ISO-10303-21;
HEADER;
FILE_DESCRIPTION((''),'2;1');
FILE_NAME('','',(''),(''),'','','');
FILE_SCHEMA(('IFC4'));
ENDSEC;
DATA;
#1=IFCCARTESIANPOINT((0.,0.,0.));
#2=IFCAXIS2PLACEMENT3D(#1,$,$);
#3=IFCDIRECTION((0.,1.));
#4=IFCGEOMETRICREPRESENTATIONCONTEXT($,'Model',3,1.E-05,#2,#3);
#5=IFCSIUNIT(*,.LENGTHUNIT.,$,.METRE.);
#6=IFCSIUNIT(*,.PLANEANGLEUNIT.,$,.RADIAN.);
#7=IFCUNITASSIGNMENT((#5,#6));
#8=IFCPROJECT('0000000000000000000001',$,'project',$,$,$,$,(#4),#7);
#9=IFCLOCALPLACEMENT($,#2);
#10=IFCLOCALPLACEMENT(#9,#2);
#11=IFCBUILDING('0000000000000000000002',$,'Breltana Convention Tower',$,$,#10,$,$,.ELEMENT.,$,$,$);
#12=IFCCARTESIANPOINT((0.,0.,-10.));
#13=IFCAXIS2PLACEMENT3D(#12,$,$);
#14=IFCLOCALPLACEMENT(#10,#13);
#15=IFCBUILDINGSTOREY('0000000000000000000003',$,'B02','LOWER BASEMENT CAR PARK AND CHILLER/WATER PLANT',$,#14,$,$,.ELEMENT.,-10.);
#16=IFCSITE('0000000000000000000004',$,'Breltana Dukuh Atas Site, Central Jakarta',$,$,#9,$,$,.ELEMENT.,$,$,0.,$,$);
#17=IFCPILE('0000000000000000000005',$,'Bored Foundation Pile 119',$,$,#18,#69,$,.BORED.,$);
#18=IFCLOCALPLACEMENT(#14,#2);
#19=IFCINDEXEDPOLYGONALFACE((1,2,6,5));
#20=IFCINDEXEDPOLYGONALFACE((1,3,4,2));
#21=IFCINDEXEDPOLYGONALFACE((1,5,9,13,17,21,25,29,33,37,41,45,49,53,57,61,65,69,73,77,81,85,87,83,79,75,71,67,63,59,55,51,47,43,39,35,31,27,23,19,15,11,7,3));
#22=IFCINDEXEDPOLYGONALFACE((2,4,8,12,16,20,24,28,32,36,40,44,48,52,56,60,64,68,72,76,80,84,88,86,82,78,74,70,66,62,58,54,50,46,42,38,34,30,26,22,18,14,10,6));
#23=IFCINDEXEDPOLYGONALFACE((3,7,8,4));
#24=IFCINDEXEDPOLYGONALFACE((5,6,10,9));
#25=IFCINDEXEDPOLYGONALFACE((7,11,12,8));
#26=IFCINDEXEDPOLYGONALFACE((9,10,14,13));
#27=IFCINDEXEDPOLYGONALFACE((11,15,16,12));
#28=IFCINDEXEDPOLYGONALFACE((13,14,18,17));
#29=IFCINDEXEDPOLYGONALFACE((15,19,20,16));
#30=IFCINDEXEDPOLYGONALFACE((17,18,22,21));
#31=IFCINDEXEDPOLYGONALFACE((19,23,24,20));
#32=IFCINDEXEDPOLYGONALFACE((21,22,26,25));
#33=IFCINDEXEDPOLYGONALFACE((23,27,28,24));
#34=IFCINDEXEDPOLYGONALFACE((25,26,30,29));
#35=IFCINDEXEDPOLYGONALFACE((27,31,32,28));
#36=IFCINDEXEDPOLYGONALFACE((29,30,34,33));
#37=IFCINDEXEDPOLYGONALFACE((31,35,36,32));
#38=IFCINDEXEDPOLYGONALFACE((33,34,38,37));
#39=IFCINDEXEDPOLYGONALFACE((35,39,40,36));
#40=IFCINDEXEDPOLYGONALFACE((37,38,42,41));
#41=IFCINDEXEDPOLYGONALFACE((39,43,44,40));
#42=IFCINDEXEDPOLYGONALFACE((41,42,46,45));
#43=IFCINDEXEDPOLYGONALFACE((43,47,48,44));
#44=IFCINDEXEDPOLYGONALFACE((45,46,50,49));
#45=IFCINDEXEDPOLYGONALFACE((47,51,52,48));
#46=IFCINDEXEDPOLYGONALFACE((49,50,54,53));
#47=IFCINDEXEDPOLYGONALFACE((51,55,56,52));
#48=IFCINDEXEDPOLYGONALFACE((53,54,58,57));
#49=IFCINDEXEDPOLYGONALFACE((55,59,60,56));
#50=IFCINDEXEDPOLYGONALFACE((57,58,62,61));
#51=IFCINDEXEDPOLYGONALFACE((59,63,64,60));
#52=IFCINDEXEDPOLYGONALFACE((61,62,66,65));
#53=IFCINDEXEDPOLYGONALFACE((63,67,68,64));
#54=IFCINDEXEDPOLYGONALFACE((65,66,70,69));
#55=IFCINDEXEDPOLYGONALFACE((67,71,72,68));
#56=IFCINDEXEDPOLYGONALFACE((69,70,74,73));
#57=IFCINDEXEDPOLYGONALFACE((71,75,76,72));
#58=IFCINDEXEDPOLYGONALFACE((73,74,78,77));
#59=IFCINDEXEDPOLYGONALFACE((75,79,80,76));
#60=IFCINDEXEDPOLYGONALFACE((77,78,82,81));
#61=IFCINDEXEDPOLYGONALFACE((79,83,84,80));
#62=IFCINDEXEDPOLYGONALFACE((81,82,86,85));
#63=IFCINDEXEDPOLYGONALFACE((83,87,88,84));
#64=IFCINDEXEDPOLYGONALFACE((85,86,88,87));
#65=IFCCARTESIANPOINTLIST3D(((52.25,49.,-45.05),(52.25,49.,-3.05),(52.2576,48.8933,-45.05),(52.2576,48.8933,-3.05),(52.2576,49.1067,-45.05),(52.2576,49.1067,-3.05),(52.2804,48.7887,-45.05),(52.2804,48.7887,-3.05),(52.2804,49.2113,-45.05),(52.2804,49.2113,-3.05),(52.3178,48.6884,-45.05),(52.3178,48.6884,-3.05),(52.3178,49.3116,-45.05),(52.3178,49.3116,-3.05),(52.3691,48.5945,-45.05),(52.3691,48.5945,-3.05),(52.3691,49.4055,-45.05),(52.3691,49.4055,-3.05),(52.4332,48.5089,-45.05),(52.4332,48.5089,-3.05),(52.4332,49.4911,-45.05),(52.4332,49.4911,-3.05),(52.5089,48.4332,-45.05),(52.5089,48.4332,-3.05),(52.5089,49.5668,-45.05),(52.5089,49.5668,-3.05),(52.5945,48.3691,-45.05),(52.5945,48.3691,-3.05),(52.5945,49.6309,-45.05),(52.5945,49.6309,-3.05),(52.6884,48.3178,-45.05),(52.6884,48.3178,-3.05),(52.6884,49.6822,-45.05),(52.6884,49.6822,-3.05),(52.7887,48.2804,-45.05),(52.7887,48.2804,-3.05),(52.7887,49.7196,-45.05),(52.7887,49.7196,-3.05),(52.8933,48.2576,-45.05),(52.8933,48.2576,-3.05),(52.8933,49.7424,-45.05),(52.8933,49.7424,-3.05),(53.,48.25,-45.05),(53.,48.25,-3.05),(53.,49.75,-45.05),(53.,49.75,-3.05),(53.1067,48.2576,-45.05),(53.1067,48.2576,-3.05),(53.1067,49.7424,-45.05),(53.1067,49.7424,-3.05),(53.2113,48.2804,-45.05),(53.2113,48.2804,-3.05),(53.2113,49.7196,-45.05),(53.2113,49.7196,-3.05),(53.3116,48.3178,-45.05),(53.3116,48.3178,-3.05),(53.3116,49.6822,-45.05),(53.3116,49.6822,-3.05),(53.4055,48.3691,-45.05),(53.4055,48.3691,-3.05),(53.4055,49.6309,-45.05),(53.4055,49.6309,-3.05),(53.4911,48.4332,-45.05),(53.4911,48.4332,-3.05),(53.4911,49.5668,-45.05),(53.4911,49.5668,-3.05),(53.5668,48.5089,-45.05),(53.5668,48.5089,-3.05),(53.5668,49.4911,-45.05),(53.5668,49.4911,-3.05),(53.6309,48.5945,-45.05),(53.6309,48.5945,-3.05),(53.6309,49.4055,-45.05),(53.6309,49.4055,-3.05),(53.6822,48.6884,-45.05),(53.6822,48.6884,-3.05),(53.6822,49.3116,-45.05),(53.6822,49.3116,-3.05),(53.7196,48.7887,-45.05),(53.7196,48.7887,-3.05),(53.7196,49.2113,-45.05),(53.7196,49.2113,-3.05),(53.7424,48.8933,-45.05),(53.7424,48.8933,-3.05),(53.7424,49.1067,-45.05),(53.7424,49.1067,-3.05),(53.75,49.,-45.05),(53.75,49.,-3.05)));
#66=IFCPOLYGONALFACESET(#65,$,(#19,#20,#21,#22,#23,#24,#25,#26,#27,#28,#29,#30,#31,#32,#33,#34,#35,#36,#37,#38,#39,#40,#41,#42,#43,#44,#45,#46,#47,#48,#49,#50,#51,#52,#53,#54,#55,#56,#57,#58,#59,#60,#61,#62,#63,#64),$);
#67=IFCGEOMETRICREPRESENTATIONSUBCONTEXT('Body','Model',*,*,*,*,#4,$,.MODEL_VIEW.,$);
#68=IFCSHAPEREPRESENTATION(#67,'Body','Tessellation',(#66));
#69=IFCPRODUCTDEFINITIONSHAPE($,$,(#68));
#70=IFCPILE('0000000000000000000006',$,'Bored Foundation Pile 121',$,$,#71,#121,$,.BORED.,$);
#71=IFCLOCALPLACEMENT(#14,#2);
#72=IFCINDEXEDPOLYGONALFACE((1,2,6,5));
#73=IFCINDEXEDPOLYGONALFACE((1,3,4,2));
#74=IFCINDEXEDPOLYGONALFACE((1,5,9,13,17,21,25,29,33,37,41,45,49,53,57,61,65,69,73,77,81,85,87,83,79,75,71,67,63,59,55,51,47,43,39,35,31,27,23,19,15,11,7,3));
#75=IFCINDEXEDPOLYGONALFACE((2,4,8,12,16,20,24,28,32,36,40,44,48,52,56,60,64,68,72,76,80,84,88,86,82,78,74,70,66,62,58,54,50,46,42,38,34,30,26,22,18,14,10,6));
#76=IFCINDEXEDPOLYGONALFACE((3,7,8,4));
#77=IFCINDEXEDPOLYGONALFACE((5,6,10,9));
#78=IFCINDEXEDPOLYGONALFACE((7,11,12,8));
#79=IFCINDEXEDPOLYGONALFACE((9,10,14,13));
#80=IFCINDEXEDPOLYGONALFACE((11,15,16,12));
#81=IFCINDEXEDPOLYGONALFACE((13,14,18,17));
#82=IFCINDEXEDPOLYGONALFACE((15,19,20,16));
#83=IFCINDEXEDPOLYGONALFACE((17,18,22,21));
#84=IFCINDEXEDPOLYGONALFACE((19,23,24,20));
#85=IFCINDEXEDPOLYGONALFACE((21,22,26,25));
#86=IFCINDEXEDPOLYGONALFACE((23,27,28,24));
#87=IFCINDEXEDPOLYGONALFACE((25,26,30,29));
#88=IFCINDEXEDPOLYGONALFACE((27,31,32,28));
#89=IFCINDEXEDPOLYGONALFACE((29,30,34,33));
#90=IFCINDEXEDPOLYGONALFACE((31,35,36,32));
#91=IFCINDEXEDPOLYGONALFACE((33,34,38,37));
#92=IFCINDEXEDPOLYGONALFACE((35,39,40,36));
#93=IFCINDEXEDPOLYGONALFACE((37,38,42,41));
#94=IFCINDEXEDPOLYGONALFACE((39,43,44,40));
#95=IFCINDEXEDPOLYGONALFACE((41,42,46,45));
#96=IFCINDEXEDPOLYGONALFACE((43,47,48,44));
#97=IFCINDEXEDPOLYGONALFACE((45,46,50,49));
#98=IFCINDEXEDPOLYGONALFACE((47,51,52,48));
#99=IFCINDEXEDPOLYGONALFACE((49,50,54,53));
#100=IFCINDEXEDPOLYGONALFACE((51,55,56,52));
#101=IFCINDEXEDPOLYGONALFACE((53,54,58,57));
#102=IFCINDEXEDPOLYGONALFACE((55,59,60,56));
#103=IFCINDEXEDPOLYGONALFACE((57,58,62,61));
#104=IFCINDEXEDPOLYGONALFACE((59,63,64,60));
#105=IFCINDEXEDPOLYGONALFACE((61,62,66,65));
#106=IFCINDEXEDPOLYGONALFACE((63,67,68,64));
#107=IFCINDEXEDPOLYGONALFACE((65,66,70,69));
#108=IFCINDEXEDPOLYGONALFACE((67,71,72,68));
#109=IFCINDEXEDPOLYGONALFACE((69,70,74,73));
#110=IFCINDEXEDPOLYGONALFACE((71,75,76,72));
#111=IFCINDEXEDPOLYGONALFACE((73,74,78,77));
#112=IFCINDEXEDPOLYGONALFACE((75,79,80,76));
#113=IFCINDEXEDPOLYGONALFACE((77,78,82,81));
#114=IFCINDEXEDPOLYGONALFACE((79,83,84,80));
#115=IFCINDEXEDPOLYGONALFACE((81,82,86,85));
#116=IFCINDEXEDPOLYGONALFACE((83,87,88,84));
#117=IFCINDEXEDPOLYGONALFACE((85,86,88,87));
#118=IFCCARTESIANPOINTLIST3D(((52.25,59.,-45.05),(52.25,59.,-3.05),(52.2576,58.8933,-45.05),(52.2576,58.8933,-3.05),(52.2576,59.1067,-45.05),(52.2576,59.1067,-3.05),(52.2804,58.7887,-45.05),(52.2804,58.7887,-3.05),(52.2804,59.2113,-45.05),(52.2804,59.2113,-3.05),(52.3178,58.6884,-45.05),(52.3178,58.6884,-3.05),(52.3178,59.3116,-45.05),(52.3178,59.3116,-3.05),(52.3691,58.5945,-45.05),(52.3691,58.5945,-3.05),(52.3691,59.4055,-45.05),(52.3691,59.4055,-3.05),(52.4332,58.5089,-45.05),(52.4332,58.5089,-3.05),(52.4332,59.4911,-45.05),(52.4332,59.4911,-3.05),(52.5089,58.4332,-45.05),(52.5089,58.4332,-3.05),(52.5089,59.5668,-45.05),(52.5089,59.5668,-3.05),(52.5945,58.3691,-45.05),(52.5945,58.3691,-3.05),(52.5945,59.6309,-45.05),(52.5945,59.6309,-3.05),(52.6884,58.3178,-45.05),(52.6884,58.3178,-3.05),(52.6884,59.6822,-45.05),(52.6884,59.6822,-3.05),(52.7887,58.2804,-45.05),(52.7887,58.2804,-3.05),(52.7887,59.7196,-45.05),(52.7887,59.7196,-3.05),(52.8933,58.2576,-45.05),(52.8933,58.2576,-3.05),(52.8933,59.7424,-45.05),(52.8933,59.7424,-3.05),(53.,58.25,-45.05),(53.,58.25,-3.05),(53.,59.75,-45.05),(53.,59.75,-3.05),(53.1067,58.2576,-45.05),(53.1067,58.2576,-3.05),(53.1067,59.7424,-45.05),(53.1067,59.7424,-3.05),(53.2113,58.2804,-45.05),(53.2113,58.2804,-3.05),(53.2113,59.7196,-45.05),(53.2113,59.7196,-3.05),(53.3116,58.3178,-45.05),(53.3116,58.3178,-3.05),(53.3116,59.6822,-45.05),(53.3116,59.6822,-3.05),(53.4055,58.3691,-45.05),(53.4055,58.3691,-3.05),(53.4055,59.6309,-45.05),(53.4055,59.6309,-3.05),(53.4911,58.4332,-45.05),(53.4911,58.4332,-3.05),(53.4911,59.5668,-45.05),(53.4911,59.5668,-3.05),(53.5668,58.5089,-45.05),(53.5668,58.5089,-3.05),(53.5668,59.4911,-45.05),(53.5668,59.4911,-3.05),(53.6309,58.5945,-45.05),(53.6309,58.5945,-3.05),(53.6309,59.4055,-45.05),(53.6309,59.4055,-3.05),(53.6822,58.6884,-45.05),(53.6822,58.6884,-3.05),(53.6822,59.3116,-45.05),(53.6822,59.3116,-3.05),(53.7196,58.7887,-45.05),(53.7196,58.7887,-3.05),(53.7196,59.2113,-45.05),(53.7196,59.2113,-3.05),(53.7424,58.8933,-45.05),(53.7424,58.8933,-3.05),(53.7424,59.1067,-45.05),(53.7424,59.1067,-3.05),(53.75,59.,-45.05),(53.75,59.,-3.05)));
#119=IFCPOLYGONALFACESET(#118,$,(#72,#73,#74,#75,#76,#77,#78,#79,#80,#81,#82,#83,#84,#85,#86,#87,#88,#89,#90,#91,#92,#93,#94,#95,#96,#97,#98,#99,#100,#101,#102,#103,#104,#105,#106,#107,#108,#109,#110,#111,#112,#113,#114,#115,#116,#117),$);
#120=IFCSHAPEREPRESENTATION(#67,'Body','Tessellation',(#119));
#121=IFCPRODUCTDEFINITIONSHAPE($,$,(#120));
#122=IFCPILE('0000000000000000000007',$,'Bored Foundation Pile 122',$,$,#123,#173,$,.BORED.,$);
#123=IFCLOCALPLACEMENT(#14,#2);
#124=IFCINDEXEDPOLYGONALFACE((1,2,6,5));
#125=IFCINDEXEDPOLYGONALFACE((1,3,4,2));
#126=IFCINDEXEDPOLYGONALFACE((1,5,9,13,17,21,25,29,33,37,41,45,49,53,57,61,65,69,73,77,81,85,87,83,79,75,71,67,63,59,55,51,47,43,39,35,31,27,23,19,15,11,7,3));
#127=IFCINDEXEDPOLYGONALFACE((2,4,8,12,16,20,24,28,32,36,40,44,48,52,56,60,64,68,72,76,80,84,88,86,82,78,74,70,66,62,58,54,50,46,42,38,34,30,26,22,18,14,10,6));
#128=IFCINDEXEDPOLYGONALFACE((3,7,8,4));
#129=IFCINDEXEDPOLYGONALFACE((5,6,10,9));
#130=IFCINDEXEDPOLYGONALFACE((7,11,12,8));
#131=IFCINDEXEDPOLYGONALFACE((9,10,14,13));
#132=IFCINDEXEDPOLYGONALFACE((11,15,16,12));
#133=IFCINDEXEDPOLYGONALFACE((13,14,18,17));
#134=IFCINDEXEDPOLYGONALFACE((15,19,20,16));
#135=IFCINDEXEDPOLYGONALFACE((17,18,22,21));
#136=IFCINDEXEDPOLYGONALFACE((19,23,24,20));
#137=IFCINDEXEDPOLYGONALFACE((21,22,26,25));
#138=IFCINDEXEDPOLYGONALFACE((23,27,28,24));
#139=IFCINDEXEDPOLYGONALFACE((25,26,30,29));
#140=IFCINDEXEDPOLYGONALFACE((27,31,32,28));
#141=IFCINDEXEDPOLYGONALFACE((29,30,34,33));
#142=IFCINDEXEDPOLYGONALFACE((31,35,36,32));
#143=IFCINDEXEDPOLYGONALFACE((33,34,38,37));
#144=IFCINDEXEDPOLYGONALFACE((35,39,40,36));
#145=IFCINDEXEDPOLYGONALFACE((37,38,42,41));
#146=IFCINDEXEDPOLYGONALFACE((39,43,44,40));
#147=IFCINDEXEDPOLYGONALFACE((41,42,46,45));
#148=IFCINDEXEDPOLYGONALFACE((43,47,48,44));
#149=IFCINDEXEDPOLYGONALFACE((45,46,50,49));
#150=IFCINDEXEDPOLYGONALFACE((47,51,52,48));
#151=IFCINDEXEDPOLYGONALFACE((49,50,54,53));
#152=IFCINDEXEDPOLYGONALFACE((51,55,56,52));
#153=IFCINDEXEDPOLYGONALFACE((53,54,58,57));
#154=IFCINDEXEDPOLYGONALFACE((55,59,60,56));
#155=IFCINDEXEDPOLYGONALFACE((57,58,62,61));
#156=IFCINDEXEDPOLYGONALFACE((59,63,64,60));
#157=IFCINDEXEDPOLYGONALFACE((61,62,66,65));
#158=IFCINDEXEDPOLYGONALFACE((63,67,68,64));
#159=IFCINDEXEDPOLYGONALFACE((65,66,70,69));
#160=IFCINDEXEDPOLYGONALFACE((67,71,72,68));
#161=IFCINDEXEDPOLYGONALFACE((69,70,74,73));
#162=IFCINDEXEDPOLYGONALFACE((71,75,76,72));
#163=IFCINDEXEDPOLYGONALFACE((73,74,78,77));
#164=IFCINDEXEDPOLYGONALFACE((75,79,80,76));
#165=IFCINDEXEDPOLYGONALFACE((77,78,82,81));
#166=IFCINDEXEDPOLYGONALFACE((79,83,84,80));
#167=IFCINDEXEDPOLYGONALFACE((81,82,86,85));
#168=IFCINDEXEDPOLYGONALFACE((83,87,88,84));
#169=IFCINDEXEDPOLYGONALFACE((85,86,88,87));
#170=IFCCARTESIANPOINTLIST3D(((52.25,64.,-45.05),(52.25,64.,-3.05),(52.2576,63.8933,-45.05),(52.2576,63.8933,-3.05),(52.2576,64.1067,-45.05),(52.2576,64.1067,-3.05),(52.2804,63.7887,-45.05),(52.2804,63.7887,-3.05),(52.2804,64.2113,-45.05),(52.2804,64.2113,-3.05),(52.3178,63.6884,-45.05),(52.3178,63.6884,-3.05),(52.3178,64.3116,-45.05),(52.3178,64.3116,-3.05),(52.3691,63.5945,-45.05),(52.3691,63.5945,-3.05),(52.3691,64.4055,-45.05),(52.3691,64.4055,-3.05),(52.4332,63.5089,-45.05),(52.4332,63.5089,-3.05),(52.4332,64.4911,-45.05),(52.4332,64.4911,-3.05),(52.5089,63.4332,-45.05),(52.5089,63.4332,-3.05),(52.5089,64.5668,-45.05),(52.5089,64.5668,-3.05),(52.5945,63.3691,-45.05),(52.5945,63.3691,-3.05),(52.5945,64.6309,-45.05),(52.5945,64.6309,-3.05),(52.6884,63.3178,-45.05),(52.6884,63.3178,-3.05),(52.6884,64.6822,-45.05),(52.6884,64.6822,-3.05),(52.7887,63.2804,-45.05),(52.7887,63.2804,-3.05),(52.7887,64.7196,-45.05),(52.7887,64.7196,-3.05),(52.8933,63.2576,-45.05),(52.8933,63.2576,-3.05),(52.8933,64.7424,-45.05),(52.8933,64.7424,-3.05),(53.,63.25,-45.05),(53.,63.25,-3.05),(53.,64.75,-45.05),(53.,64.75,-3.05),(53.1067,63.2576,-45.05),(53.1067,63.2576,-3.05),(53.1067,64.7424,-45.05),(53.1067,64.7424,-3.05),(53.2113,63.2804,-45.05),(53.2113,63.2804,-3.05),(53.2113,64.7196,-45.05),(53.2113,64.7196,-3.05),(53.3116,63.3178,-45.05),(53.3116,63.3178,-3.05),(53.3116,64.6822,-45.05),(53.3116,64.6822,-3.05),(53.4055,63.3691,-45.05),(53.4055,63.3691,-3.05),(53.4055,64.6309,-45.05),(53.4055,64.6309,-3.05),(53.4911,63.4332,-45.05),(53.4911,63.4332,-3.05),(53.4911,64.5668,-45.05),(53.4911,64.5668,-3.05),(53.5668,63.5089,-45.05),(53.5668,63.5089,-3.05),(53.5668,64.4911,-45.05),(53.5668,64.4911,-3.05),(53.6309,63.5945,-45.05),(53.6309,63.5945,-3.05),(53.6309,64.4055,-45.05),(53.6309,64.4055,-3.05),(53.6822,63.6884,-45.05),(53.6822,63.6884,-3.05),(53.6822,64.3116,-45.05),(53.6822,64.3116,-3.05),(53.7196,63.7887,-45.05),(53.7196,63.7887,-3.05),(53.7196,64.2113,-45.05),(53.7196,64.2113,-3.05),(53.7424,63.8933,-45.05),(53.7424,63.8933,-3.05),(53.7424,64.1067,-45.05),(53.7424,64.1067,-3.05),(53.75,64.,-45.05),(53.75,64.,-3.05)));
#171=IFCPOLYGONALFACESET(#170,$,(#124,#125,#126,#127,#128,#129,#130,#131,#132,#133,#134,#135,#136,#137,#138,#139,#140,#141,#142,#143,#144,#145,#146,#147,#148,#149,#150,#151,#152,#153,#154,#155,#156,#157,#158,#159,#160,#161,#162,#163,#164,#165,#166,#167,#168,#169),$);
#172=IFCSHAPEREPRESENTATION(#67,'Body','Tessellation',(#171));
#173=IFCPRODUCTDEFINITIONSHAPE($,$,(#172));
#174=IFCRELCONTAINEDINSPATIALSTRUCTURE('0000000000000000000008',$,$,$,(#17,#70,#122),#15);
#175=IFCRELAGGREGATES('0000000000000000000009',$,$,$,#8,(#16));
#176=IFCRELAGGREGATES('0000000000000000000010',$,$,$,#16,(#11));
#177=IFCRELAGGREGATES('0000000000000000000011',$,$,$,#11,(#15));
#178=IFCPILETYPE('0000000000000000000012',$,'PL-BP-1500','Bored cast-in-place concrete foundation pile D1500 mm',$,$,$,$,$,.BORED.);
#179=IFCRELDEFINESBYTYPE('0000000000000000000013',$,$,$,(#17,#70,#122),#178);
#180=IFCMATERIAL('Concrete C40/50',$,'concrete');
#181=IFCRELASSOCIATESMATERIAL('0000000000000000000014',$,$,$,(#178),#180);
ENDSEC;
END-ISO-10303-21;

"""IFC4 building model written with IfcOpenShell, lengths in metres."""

from ifc_helpers import new_model, si_unit, direction, frame, origin, origin_2d, place, context, subcontext, project, spatial, circle, extrude, source, transform, mapped, material, material_profile, profile_set, type_object, type_shapes, element, save


model = new_model("IFC4")

# Units and contexts
model_context = context("Model", 3, precision=1e-05, world=origin(), true_north=direction((0.0, 1.0)))
body_context = subcontext(model_context, "Body", "Model", "MODEL_VIEW")
ifc_project = project(units=[si_unit("LENGTHUNIT", "METRE"), si_unit("PLANEANGLEUNIT", "RADIAN")], contexts=[model_context])

# Site, building, storey
site_placement = place(None, origin())
site = spatial("IfcSite", under=ifc_project, at=site_placement, Name="Breltana Dukuh Atas Site, Central Jakarta", CompositionType="ELEMENT", RefElevation=0.0)
building_placement = place(site_placement, origin())
building = spatial("IfcBuilding", under=site, at=building_placement, Name="Breltana Convention Tower", CompositionType="ELEMENT")
storey_placement = place(building_placement, frame((0.0, 0.0, -10.0)))
storey = spatial("IfcBuildingStorey", under=building, at=storey_placement, Name="B02", Description="LOWER BASEMENT CAR PARK AND CHILLER/WATER PLANT", CompositionType="ELEMENT", Elevation=-10.0)

# Piles
ifc_material_1 = material(Name="Concrete C40/50", Category="concrete")
ifc_material_profile_1 = material_profile(ifc_material_1, circle(Radius=0.75, at=origin_2d()), Name="BP-D1500")
ifc_profile_set_1 = profile_set([ifc_material_profile_1], Name="Concrete C40/50")
pile_type_1 = type_object("IfcPileType", Name="PL-BP-1500", Description="Bored cast-in-place concrete foundation pile D1500 mm", PredefinedType="BORED", material=ifc_profile_set_1)
shared_shape_1 = source(origin(), body_context, "Body", "SweptSolid", [
    extrude(circle(Radius=0.75, at=origin_2d()), origin(), (0.0, 0.0, 1.0), 42.0),
])
type_shapes(pile_type_1, [shared_shape_1])
for number, where, z_axis, x_axis, name in (
    (1, (53.0, 49.0, -3.05), (0.0, 0.0, -1.0), (1.0, 0.0, 0.0), "Bored Foundation Pile 119"),
    (2, (53.0, 59.0, -3.05), (0.0, 0.0, -1.0), (1.0, 0.0, 0.0), "Bored Foundation Pile 121"),
    (3, (53.0, 64.0, -3.05), (0.0, 0.0, -1.0), (1.0, 0.0, 0.0), "Bored Foundation Pile 122"),
):
    element("IfcPile", number, at=place(storey_placement, frame(where, z_axis=z_axis, x_axis=x_axis)), inside=storey, type_object=pile_type_1, Name=name, PredefinedType="BORED", context=body_context, shape_type="MappedRepresentation", body=[
        mapped(shared_shape_1, transform((0.0, 0.0, 0.0), scale=1.0)),
    ])

save(model, "model.ifc")
